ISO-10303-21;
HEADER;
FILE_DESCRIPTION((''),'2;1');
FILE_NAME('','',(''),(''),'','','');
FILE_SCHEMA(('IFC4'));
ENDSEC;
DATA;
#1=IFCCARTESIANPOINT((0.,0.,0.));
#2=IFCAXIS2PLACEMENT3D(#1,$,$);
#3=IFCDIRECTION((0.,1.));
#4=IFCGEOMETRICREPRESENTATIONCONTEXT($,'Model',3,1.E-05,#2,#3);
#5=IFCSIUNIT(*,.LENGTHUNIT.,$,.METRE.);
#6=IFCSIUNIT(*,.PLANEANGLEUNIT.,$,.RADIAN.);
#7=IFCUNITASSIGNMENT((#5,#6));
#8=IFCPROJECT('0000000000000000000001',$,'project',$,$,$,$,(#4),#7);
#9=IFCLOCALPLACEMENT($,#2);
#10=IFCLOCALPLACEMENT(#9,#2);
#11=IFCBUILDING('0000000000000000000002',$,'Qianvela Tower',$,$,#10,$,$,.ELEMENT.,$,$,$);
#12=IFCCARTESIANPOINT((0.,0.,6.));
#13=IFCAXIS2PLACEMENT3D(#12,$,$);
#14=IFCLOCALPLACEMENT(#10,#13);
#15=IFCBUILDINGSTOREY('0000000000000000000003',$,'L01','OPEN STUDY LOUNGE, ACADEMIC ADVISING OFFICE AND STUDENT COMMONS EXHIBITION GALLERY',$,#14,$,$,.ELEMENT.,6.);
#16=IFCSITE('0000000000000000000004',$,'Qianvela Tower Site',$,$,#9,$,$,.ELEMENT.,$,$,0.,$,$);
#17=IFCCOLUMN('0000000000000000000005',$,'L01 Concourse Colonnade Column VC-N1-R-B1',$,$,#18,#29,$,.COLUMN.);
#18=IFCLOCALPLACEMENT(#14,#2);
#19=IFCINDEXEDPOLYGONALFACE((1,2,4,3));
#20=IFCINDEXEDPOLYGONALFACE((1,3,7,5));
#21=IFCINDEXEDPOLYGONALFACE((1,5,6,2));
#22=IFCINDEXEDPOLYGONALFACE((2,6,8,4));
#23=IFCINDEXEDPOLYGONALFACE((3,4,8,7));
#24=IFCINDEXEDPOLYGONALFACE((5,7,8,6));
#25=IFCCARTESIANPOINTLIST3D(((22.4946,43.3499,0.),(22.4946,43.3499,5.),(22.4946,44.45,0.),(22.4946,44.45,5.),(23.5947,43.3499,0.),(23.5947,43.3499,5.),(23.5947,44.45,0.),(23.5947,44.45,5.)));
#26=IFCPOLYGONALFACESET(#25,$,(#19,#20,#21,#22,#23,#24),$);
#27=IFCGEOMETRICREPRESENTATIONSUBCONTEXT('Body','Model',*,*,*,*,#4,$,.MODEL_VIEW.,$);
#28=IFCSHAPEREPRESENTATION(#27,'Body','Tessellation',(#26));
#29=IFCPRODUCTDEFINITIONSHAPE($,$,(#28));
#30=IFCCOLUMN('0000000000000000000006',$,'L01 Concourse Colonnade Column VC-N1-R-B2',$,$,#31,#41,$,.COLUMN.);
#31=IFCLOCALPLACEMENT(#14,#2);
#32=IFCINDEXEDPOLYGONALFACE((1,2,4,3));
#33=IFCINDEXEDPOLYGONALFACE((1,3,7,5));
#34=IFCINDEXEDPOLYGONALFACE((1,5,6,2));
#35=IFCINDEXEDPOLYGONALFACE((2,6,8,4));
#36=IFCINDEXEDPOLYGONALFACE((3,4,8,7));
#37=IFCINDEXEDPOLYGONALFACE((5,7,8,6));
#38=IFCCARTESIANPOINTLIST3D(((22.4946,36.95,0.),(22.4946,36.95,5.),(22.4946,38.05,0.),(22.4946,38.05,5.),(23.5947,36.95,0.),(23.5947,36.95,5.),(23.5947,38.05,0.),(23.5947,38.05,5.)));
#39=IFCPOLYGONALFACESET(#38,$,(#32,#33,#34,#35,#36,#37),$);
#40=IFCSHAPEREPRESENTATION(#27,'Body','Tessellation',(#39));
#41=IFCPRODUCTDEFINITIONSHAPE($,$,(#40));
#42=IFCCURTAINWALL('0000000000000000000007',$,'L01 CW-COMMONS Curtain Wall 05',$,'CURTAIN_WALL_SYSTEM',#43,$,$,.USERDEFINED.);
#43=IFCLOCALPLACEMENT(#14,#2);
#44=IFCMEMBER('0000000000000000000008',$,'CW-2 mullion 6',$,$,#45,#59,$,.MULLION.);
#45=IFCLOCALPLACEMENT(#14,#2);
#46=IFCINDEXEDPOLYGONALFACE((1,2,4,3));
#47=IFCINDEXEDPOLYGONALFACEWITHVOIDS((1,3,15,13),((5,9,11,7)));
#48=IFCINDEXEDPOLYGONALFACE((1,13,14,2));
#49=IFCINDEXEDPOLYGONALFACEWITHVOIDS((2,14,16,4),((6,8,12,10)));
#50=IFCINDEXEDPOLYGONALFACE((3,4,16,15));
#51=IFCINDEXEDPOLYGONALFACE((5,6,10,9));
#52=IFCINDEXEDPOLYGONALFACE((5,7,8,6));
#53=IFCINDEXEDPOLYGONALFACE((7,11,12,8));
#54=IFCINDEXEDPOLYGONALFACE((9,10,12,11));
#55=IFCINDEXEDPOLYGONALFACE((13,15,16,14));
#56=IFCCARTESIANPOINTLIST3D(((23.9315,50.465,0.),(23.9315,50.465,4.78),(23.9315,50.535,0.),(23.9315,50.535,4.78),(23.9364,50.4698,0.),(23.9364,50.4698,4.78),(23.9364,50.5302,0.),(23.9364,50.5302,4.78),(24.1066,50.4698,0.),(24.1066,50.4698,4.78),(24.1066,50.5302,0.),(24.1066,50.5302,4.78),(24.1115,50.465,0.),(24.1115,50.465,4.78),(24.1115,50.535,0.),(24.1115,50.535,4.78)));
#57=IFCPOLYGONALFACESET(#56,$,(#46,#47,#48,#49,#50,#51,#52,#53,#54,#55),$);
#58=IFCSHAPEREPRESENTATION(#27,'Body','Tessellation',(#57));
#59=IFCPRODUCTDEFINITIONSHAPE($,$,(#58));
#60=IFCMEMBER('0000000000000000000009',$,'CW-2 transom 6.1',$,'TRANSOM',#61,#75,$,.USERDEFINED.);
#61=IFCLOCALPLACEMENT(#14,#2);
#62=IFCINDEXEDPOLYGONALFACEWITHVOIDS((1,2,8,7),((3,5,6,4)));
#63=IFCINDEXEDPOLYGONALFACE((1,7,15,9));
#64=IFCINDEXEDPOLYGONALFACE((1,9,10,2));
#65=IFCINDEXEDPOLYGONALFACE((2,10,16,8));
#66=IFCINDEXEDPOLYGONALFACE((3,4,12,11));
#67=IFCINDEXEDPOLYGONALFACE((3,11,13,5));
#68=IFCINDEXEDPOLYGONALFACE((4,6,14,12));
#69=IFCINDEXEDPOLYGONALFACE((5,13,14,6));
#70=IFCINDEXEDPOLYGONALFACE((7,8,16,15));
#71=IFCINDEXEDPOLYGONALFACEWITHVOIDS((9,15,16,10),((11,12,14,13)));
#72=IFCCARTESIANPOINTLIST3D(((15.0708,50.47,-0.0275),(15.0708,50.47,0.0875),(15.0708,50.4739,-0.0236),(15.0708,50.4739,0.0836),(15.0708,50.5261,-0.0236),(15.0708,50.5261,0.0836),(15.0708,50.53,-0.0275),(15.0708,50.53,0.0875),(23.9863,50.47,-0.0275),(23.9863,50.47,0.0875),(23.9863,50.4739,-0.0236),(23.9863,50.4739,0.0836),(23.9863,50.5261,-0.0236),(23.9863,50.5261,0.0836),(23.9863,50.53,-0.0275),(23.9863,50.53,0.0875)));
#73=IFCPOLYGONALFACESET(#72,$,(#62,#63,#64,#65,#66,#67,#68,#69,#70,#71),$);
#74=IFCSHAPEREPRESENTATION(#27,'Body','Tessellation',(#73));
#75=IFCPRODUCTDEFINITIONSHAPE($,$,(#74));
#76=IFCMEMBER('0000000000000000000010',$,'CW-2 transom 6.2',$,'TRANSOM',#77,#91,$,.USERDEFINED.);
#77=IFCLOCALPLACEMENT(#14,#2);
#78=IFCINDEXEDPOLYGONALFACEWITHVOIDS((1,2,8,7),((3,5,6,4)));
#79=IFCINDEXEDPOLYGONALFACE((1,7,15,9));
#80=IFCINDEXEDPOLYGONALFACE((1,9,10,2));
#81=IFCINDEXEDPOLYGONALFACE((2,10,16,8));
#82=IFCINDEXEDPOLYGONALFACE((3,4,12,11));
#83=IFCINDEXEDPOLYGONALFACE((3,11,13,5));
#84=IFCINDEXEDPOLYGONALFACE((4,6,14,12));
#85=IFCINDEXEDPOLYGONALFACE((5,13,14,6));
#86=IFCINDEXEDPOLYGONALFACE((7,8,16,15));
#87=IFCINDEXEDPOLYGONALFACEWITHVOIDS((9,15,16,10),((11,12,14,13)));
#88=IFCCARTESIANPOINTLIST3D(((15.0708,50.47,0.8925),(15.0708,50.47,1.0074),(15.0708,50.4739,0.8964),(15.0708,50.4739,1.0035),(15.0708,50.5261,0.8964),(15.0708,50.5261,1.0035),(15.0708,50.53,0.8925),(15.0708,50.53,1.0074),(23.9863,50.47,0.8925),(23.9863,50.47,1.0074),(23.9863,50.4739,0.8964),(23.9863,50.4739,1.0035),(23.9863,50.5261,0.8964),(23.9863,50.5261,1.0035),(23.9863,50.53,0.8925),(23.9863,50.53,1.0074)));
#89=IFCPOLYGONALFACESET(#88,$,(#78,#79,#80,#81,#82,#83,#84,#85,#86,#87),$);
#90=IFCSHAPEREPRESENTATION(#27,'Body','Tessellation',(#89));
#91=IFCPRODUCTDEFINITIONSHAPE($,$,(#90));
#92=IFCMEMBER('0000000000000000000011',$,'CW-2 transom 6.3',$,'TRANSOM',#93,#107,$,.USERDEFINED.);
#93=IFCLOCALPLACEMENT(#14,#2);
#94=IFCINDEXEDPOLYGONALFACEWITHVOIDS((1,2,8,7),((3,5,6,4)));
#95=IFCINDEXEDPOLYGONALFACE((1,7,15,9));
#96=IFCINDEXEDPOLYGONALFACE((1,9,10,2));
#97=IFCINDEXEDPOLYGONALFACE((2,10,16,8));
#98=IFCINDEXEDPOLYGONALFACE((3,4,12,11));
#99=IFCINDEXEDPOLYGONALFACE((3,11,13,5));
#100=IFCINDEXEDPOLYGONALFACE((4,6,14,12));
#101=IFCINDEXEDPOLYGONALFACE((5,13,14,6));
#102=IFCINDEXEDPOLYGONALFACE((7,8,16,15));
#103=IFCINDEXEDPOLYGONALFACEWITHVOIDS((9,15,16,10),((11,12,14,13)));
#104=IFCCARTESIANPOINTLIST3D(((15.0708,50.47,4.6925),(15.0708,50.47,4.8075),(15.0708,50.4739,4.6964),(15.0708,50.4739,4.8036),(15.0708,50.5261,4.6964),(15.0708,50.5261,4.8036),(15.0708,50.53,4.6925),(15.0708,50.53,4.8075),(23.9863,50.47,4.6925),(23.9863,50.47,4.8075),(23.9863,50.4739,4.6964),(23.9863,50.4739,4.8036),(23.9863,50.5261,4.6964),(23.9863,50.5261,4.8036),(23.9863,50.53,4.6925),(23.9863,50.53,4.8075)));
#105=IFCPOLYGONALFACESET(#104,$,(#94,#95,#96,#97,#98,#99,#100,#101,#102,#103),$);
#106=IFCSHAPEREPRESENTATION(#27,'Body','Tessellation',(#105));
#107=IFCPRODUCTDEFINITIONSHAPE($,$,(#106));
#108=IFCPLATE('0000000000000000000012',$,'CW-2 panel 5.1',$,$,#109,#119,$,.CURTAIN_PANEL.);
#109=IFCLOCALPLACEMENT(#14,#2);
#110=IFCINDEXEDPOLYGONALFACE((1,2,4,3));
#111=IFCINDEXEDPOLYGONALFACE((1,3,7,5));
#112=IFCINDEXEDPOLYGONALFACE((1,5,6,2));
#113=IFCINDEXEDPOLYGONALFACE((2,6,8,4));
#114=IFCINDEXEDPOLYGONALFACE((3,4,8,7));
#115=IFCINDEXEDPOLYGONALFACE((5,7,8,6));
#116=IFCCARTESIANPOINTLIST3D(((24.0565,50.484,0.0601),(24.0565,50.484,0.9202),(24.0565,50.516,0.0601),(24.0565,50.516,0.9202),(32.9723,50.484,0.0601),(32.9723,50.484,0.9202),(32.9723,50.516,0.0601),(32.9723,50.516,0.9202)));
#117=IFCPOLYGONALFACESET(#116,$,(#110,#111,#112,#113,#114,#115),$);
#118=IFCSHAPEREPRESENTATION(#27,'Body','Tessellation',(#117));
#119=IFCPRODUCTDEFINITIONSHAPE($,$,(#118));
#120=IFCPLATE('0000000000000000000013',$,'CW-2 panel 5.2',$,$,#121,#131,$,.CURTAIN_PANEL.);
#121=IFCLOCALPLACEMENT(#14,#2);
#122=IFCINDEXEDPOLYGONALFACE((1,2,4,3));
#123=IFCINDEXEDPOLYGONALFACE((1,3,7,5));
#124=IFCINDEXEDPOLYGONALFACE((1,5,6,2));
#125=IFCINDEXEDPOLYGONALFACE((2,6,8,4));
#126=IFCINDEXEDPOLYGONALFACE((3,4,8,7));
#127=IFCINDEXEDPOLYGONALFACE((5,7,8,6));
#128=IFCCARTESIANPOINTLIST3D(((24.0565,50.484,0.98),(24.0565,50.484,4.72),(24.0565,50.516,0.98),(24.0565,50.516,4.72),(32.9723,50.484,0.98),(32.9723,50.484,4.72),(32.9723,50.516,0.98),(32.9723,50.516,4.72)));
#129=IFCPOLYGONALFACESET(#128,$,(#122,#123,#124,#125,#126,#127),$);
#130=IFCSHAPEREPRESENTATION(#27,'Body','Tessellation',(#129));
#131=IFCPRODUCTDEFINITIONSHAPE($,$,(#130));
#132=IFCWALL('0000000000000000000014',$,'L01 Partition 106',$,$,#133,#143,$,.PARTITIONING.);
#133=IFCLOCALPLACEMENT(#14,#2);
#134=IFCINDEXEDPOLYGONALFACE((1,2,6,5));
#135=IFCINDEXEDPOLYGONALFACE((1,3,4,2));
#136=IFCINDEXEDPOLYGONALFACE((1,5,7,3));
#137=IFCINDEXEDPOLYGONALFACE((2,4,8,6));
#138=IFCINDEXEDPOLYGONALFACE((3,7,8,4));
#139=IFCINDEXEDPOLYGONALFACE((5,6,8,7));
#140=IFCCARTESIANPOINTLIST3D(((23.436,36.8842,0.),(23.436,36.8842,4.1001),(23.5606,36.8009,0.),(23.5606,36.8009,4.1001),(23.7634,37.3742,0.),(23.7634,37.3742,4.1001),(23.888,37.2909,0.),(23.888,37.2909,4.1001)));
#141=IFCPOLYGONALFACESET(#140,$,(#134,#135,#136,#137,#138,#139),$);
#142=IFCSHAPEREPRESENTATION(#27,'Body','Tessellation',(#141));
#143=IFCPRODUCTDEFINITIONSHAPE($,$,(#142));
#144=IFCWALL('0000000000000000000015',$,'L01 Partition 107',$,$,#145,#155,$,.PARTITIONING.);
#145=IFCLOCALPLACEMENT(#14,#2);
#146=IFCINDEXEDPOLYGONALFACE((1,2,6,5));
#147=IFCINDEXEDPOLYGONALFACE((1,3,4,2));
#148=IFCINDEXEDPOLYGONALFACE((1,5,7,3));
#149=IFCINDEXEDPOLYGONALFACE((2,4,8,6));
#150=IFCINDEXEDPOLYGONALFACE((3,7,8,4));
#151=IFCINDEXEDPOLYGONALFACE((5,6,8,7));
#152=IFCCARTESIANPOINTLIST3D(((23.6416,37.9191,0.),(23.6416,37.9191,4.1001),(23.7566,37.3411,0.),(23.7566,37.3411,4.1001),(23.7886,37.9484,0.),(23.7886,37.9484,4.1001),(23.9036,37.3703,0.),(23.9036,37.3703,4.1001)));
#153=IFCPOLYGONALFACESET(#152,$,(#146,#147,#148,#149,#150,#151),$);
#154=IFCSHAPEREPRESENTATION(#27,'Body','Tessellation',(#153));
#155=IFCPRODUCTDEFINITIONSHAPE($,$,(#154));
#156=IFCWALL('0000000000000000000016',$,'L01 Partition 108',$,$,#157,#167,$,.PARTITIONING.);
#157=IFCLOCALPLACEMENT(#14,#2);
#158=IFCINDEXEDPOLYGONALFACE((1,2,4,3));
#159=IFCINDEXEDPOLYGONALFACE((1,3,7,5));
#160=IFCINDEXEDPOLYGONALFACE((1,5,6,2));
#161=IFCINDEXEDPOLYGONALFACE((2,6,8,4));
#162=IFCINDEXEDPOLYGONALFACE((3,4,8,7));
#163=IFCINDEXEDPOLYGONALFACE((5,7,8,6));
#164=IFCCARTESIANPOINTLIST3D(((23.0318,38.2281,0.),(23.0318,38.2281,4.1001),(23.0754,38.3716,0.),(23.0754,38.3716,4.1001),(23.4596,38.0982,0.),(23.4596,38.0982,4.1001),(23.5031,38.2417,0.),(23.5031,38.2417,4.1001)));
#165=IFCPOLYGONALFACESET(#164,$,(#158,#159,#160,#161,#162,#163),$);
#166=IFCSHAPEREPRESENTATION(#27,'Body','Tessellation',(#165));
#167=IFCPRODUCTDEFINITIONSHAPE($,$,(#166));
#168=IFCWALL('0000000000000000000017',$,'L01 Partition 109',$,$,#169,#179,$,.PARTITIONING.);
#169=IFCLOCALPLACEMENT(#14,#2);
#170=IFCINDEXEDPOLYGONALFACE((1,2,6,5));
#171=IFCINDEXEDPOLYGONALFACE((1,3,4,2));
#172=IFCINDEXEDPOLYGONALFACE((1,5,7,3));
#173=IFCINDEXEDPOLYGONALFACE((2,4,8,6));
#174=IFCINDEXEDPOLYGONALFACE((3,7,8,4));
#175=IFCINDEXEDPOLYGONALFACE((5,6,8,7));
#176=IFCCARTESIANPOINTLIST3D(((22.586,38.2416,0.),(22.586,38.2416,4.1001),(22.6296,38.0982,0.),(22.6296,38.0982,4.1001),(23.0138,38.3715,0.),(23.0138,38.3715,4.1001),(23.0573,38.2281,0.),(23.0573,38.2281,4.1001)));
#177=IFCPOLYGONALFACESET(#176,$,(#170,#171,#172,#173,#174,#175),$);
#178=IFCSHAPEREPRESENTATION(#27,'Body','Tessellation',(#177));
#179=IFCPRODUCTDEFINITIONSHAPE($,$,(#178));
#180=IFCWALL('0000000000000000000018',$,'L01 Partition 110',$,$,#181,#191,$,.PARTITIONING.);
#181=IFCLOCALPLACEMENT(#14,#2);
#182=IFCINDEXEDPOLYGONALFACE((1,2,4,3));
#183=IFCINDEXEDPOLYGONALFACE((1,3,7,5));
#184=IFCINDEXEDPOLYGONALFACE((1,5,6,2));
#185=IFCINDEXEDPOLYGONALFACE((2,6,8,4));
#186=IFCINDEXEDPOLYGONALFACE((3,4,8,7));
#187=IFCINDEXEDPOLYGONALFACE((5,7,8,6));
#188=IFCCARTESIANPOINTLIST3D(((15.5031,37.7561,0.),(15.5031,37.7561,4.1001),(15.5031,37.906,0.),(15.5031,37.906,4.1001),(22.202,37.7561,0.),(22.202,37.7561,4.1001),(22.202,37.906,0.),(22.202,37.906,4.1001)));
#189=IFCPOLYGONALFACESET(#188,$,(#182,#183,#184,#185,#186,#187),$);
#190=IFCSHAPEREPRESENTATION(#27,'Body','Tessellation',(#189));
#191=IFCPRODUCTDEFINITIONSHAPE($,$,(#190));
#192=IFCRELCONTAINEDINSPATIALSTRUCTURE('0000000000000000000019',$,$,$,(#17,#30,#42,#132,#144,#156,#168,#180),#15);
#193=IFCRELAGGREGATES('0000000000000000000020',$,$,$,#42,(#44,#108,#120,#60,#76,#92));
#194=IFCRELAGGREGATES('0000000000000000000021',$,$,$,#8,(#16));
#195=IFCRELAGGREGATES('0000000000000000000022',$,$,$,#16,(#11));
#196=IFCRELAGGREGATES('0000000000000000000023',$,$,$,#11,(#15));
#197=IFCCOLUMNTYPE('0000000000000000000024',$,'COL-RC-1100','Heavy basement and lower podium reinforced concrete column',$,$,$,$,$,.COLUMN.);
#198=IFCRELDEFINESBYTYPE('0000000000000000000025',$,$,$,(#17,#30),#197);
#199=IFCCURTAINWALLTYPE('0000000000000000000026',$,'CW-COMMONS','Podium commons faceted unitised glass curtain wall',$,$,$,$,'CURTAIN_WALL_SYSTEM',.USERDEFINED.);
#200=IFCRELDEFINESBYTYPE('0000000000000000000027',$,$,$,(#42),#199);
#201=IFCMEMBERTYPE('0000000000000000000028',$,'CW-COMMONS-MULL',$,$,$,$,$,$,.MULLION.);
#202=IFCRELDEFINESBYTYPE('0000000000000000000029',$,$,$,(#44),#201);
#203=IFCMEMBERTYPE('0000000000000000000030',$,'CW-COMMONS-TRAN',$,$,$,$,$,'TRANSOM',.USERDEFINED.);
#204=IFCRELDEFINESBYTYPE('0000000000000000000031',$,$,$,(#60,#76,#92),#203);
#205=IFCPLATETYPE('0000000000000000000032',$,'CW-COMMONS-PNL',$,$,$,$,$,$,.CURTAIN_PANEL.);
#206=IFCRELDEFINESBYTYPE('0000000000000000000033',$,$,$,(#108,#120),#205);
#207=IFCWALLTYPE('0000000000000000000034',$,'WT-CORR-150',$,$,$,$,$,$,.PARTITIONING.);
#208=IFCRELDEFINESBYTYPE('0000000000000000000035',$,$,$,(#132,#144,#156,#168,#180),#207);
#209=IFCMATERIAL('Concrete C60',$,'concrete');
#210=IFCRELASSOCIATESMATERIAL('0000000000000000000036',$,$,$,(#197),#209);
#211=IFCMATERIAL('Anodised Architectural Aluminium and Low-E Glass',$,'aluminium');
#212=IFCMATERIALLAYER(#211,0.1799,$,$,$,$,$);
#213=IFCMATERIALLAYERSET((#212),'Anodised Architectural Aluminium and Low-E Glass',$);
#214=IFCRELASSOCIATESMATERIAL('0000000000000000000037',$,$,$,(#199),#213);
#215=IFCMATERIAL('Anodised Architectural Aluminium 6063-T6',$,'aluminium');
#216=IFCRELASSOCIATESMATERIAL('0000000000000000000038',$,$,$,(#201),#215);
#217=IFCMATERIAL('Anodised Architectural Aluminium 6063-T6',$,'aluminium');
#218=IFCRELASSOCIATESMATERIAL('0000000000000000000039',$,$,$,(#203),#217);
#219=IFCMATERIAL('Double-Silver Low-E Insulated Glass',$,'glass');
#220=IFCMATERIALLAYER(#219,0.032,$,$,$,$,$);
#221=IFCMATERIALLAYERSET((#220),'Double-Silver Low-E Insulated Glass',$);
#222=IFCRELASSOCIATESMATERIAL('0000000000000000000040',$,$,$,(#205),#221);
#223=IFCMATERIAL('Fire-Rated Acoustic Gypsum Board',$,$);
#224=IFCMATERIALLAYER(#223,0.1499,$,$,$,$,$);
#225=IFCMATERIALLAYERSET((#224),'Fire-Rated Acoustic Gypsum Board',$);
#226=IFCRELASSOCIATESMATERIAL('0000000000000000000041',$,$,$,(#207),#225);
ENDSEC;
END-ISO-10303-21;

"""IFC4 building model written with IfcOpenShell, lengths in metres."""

from ifc_helpers import new_model, si_unit, direction, frame, frame_2d, origin, origin_2d, place, context, subcontext, project, spatial, rectangle, hollow_rectangle, extrude, material, layer, layer_set, material_profile, profile_set, type_object, element, aggregate, save


model = new_model("IFC4")

# Units and contexts
model_context = context("Model", 3, precision=1e-05, world=origin(), true_north=direction((0.0, 1.0)))
body_context = subcontext(model_context, "Body", "Model", "MODEL_VIEW")
ifc_project = project(units=[si_unit("LENGTHUNIT", "METRE"), si_unit("PLANEANGLEUNIT", "RADIAN")], contexts=[model_context])

# Site, building, storey
site_placement = place(None, origin())
site = spatial("IfcSite", under=ifc_project, at=site_placement, Name="Qianvela Tower Site", CompositionType="ELEMENT", RefElevation=0.0)
building_placement = place(site_placement, origin())
building = spatial("IfcBuilding", under=site, at=building_placement, Name="Qianvela Tower", CompositionType="ELEMENT")
storey_placement = place(building_placement, frame((0.0, 0.0, 6.0)))
storey = spatial("IfcBuildingStorey", under=building, at=storey_placement, Name="L01", Description="OPEN STUDY LOUNGE, ACADEMIC ADVISING OFFICE AND STUDENT COMMONS EXHIBITION GALLERY", CompositionType="ELEMENT", Elevation=6.0)

# Columns
ifc_material_1 = material(Name="Concrete C60", Category="concrete")
ifc_material_profile_1 = material_profile(ifc_material_1, rectangle(XDim=1.1001, YDim=1.1001, at=origin_2d()), Name="RC-COL-1100x1100")
ifc_profile_set_1 = profile_set([ifc_material_profile_1], Name="Concrete C60")
column_type = type_object("IfcColumnType", Name="COL-RC-1100", Description="Heavy basement and lower podium reinforced concrete column", PredefinedType="COLUMN", material=ifc_profile_set_1)
for number, where, z_axis, x_axis, name in (
    (1, (23.0447, 43.8999, 0.0), (0.0, 0.0, 1.0), (1.0, 0.0, 0.0), "L01 Concourse Colonnade Column VC-N1-R-B1"),
    (2, (23.0447, 37.5, 0.0), (0.0, 0.0, 1.0), (1.0, 0.0, 0.0), "L01 Concourse Colonnade Column VC-N1-R-B2"),
):
    element("IfcColumn", number, at=place(storey_placement, frame(where, z_axis=z_axis, x_axis=x_axis)), inside=storey, type_object=column_type, Name=name, PredefinedType="COLUMN", context=body_context, shape_type="SweptSolid", body=[
        extrude(rectangle(XDim=1.1001, YDim=1.1001, at=origin_2d()), origin(), (0.0, 0.0, 1.0), 5.0),
    ])

# Curtain wall, members, plates
ifc_material_2 = material(Name="Anodised Architectural Aluminium and Low-E Glass", Category="aluminium")
ifc_layer_1 = layer(ifc_material_2, 0.1799)
ifc_layer_set_1 = layer_set([ifc_layer_1], Name="Anodised Architectural Aluminium and Low-E Glass")
curtain_wall_type = type_object("IfcCurtainWallType", Name="CW-COMMONS", Description="Podium commons faceted unitised glass curtain wall", ElementType="CURTAIN_WALL_SYSTEM", PredefinedType="USERDEFINED", material=ifc_layer_set_1)
curtain_wall_placement = place(storey_placement, origin())
curtain_wall = element("IfcCurtainWall", 3, at=curtain_wall_placement, inside=storey, type_object=curtain_wall_type, Name="L01 CW-COMMONS Curtain Wall 05", ObjectType="CURTAIN_WALL_SYSTEM", PredefinedType="USERDEFINED")
ifc_material_3 = material(Name="Anodised Architectural Aluminium 6063-T6", Category="aluminium")
ifc_material_profile_2 = material_profile(ifc_material_3, hollow_rectangle(XDim=0.0701, YDim=0.1799, WallThickness=0.0049, at=origin_2d()), Name="ALU-MULL-70x180")
ifc_profile_set_2 = profile_set([ifc_material_profile_2], Name="Anodised Architectural Aluminium 6063-T6")
member_type_1 = type_object("IfcMemberType", Name="CW-COMMONS-MULL", PredefinedType="MULLION", material=ifc_profile_set_2)
member_1_placement = place(storey_placement, frame((24.0215, 50.5, 0.0), z_axis=(0.0, 0.0, 1.0), x_axis=(0.0, -1.0, 0.0)))
member_1 = element("IfcMember", 4, at=member_1_placement, type_object=member_type_1, Name="CW-2 mullion 6", PredefinedType="MULLION", context=body_context, shape_type="SweptSolid", body=[
    extrude(hollow_rectangle(XDim=0.0701, YDim=0.1799, WallThickness=0.0049, at=origin_2d()), origin(), (0.0, 0.0, 1.0), 4.78),
])
ifc_material_4 = material(Name="Anodised Architectural Aluminium 6063-T6", Category="aluminium")
ifc_material_profile_3 = material_profile(ifc_material_4, hollow_rectangle(XDim=0.0601, YDim=0.115, WallThickness=0.0039, at=origin_2d()), Name="ALU-TRAN-60x115")
ifc_profile_set_3 = profile_set([ifc_material_profile_3], Name="Anodised Architectural Aluminium 6063-T6")
member_type_2 = type_object("IfcMemberType", Name="CW-COMMONS-TRAN", ElementType="TRANSOM", PredefinedType="USERDEFINED", material=ifc_profile_set_3)
member_2_placement = place(storey_placement, frame((23.9863, 50.5, 0.03), z_axis=(-1.0, 0.0, 0.0), x_axis=(0.0, -1.0, 0.0)))
member_2 = element("IfcMember", 5, at=member_2_placement, type_object=member_type_2, Name="CW-2 transom 6.1", ObjectType="TRANSOM", PredefinedType="USERDEFINED", context=body_context, shape_type="SweptSolid", body=[
    extrude(hollow_rectangle(XDim=0.0601, YDim=0.115, WallThickness=0.0039, at=origin_2d()), origin(), (0.0, 0.0, 1.0), 8.9155),
])
member_3_placement = place(storey_placement, frame((23.9863, 50.5, 0.95), z_axis=(-1.0, 0.0, 0.0), x_axis=(0.0, -1.0, 0.0)))
member_3 = element("IfcMember", 6, at=member_3_placement, type_object=member_type_2, Name="CW-2 transom 6.2", ObjectType="TRANSOM", PredefinedType="USERDEFINED", context=body_context, shape_type="SweptSolid", body=[
    extrude(hollow_rectangle(XDim=0.0601, YDim=0.115, WallThickness=0.0039, at=origin_2d()), origin(), (0.0, 0.0, 1.0), 8.9155),
])
member_4_placement = place(storey_placement, frame((23.9863, 50.5, 4.75), z_axis=(-1.0, 0.0, 0.0), x_axis=(0.0, -1.0, 0.0)))
member_4 = element("IfcMember", 7, at=member_4_placement, type_object=member_type_2, Name="CW-2 transom 6.3", ObjectType="TRANSOM", PredefinedType="USERDEFINED", context=body_context, shape_type="SweptSolid", body=[
    extrude(hollow_rectangle(XDim=0.0601, YDim=0.115, WallThickness=0.0039, at=origin_2d()), origin(), (0.0, 0.0, 1.0), 8.9155),
])
ifc_material_5 = material(Name="Double-Silver Low-E Insulated Glass", Category="glass")
ifc_layer_2 = layer(ifc_material_5, 0.032)
ifc_layer_set_2 = layer_set([ifc_layer_2], Name="Double-Silver Low-E Insulated Glass")
plate_type = type_object("IfcPlateType", Name="CW-COMMONS-PNL", PredefinedType="CURTAIN_PANEL", material=ifc_layer_set_2)
plate_1_placement = place(storey_placement, frame((28.5144, 50.5, 0.0601), z_axis=(0.0, 0.0, 1.0), x_axis=(-1.0, 0.0, 0.0)))
plate_1 = element("IfcPlate", 8, at=plate_1_placement, type_object=plate_type, Name="CW-2 panel 5.1", PredefinedType="CURTAIN_PANEL", context=body_context, shape_type="SweptSolid", body=[
    extrude(rectangle(XDim=8.9158, YDim=0.032, at=origin_2d()), origin(), (0.0, 0.0, 1.0), 0.8601),
])
plate_2_placement = place(storey_placement, frame((28.5144, 50.5, 0.98), z_axis=(0.0, 0.0, 1.0), x_axis=(-1.0, 0.0, 0.0)))
plate_2 = element("IfcPlate", 9, at=plate_2_placement, type_object=plate_type, Name="CW-2 panel 5.2", PredefinedType="CURTAIN_PANEL", context=body_context, shape_type="SweptSolid", body=[
    extrude(rectangle(XDim=8.9158, YDim=0.032, at=origin_2d()), origin(), (0.0, 0.0, 1.0), 3.74),
])
aggregate(curtain_wall, [member_1, plate_1, plate_2, member_2, member_3, member_4])

# Shared definitions
ifc_material_6 = material(Name="Fire-Rated Acoustic Gypsum Board")
ifc_layer_3 = layer(ifc_material_6, 0.1499)
ifc_layer_set_3 = layer_set([ifc_layer_3], Name="Fire-Rated Acoustic Gypsum Board")
wall_type_1 = type_object("IfcWallType", Name="WT-CORR-150", PredefinedType="PARTITIONING", material=ifc_layer_set_3)

# Walls
for number, where, z_axis, x_axis, name in (
    (10, (23.4983, 36.8425, 0.0), (0.0, 0.0, 1.0), (0.55556, 0.831476, 0.0), "L01 Partition 106"),
    (11, (23.8301, 37.3557, 0.0), (0.0, 0.0, 1.0), (-0.195081, 0.980787, 0.0), "L01 Partition 107"),
):
    element("IfcWall", number, at=place(storey_placement, frame(where, z_axis=z_axis, x_axis=x_axis)), inside=storey, type_object=wall_type_1, Name=name, PredefinedType="PARTITIONING", context=body_context, shape_type="SweptSolid", body=[
        extrude(rectangle(XDim=0.5894, YDim=0.1499, at=frame_2d((0.2947, 0.0))), origin(), (0.0, 0.0, 1.0), 4.1001),
    ])
for number, where, z_axis, x_axis, name in (
    (12, (23.4814, 38.1699, 0.0), (0.0, 0.0, 1.0), (-0.956859, 0.290553, 0.0), "L01 Partition 108"),
    (13, (23.0356, 38.2998, 0.0), (0.0, 0.0, 1.0), (-0.956859, -0.290553, 0.0), "L01 Partition 109"),
):
    element("IfcWall", number, at=place(storey_placement, frame(where, z_axis=z_axis, x_axis=x_axis)), inside=storey, type_object=wall_type_1, Name=name, PredefinedType="PARTITIONING", context=body_context, shape_type="SweptSolid", body=[
        extrude(rectangle(XDim=0.447, YDim=0.1499, at=frame_2d((0.2236, 0.0))), origin(), (0.0, 0.0, 1.0), 4.1001),
    ])
wall_1_placement = place(storey_placement, frame((22.2021, 37.8311, 0.0), z_axis=(0.0, 0.0, 1.0), x_axis=(-1.0, 0.0, 0.0)))
element("IfcWall", 14, at=wall_1_placement, inside=storey, type_object=wall_type_1, Name="L01 Partition 110", PredefinedType="PARTITIONING", context=body_context, shape_type="SweptSolid", body=[
    extrude(rectangle(XDim=6.699, YDim=0.1499, at=frame_2d((3.3496, 0.0))), origin(), (0.0, 0.0, 1.0), 4.1001),
])

save(model, "model.ifc")
